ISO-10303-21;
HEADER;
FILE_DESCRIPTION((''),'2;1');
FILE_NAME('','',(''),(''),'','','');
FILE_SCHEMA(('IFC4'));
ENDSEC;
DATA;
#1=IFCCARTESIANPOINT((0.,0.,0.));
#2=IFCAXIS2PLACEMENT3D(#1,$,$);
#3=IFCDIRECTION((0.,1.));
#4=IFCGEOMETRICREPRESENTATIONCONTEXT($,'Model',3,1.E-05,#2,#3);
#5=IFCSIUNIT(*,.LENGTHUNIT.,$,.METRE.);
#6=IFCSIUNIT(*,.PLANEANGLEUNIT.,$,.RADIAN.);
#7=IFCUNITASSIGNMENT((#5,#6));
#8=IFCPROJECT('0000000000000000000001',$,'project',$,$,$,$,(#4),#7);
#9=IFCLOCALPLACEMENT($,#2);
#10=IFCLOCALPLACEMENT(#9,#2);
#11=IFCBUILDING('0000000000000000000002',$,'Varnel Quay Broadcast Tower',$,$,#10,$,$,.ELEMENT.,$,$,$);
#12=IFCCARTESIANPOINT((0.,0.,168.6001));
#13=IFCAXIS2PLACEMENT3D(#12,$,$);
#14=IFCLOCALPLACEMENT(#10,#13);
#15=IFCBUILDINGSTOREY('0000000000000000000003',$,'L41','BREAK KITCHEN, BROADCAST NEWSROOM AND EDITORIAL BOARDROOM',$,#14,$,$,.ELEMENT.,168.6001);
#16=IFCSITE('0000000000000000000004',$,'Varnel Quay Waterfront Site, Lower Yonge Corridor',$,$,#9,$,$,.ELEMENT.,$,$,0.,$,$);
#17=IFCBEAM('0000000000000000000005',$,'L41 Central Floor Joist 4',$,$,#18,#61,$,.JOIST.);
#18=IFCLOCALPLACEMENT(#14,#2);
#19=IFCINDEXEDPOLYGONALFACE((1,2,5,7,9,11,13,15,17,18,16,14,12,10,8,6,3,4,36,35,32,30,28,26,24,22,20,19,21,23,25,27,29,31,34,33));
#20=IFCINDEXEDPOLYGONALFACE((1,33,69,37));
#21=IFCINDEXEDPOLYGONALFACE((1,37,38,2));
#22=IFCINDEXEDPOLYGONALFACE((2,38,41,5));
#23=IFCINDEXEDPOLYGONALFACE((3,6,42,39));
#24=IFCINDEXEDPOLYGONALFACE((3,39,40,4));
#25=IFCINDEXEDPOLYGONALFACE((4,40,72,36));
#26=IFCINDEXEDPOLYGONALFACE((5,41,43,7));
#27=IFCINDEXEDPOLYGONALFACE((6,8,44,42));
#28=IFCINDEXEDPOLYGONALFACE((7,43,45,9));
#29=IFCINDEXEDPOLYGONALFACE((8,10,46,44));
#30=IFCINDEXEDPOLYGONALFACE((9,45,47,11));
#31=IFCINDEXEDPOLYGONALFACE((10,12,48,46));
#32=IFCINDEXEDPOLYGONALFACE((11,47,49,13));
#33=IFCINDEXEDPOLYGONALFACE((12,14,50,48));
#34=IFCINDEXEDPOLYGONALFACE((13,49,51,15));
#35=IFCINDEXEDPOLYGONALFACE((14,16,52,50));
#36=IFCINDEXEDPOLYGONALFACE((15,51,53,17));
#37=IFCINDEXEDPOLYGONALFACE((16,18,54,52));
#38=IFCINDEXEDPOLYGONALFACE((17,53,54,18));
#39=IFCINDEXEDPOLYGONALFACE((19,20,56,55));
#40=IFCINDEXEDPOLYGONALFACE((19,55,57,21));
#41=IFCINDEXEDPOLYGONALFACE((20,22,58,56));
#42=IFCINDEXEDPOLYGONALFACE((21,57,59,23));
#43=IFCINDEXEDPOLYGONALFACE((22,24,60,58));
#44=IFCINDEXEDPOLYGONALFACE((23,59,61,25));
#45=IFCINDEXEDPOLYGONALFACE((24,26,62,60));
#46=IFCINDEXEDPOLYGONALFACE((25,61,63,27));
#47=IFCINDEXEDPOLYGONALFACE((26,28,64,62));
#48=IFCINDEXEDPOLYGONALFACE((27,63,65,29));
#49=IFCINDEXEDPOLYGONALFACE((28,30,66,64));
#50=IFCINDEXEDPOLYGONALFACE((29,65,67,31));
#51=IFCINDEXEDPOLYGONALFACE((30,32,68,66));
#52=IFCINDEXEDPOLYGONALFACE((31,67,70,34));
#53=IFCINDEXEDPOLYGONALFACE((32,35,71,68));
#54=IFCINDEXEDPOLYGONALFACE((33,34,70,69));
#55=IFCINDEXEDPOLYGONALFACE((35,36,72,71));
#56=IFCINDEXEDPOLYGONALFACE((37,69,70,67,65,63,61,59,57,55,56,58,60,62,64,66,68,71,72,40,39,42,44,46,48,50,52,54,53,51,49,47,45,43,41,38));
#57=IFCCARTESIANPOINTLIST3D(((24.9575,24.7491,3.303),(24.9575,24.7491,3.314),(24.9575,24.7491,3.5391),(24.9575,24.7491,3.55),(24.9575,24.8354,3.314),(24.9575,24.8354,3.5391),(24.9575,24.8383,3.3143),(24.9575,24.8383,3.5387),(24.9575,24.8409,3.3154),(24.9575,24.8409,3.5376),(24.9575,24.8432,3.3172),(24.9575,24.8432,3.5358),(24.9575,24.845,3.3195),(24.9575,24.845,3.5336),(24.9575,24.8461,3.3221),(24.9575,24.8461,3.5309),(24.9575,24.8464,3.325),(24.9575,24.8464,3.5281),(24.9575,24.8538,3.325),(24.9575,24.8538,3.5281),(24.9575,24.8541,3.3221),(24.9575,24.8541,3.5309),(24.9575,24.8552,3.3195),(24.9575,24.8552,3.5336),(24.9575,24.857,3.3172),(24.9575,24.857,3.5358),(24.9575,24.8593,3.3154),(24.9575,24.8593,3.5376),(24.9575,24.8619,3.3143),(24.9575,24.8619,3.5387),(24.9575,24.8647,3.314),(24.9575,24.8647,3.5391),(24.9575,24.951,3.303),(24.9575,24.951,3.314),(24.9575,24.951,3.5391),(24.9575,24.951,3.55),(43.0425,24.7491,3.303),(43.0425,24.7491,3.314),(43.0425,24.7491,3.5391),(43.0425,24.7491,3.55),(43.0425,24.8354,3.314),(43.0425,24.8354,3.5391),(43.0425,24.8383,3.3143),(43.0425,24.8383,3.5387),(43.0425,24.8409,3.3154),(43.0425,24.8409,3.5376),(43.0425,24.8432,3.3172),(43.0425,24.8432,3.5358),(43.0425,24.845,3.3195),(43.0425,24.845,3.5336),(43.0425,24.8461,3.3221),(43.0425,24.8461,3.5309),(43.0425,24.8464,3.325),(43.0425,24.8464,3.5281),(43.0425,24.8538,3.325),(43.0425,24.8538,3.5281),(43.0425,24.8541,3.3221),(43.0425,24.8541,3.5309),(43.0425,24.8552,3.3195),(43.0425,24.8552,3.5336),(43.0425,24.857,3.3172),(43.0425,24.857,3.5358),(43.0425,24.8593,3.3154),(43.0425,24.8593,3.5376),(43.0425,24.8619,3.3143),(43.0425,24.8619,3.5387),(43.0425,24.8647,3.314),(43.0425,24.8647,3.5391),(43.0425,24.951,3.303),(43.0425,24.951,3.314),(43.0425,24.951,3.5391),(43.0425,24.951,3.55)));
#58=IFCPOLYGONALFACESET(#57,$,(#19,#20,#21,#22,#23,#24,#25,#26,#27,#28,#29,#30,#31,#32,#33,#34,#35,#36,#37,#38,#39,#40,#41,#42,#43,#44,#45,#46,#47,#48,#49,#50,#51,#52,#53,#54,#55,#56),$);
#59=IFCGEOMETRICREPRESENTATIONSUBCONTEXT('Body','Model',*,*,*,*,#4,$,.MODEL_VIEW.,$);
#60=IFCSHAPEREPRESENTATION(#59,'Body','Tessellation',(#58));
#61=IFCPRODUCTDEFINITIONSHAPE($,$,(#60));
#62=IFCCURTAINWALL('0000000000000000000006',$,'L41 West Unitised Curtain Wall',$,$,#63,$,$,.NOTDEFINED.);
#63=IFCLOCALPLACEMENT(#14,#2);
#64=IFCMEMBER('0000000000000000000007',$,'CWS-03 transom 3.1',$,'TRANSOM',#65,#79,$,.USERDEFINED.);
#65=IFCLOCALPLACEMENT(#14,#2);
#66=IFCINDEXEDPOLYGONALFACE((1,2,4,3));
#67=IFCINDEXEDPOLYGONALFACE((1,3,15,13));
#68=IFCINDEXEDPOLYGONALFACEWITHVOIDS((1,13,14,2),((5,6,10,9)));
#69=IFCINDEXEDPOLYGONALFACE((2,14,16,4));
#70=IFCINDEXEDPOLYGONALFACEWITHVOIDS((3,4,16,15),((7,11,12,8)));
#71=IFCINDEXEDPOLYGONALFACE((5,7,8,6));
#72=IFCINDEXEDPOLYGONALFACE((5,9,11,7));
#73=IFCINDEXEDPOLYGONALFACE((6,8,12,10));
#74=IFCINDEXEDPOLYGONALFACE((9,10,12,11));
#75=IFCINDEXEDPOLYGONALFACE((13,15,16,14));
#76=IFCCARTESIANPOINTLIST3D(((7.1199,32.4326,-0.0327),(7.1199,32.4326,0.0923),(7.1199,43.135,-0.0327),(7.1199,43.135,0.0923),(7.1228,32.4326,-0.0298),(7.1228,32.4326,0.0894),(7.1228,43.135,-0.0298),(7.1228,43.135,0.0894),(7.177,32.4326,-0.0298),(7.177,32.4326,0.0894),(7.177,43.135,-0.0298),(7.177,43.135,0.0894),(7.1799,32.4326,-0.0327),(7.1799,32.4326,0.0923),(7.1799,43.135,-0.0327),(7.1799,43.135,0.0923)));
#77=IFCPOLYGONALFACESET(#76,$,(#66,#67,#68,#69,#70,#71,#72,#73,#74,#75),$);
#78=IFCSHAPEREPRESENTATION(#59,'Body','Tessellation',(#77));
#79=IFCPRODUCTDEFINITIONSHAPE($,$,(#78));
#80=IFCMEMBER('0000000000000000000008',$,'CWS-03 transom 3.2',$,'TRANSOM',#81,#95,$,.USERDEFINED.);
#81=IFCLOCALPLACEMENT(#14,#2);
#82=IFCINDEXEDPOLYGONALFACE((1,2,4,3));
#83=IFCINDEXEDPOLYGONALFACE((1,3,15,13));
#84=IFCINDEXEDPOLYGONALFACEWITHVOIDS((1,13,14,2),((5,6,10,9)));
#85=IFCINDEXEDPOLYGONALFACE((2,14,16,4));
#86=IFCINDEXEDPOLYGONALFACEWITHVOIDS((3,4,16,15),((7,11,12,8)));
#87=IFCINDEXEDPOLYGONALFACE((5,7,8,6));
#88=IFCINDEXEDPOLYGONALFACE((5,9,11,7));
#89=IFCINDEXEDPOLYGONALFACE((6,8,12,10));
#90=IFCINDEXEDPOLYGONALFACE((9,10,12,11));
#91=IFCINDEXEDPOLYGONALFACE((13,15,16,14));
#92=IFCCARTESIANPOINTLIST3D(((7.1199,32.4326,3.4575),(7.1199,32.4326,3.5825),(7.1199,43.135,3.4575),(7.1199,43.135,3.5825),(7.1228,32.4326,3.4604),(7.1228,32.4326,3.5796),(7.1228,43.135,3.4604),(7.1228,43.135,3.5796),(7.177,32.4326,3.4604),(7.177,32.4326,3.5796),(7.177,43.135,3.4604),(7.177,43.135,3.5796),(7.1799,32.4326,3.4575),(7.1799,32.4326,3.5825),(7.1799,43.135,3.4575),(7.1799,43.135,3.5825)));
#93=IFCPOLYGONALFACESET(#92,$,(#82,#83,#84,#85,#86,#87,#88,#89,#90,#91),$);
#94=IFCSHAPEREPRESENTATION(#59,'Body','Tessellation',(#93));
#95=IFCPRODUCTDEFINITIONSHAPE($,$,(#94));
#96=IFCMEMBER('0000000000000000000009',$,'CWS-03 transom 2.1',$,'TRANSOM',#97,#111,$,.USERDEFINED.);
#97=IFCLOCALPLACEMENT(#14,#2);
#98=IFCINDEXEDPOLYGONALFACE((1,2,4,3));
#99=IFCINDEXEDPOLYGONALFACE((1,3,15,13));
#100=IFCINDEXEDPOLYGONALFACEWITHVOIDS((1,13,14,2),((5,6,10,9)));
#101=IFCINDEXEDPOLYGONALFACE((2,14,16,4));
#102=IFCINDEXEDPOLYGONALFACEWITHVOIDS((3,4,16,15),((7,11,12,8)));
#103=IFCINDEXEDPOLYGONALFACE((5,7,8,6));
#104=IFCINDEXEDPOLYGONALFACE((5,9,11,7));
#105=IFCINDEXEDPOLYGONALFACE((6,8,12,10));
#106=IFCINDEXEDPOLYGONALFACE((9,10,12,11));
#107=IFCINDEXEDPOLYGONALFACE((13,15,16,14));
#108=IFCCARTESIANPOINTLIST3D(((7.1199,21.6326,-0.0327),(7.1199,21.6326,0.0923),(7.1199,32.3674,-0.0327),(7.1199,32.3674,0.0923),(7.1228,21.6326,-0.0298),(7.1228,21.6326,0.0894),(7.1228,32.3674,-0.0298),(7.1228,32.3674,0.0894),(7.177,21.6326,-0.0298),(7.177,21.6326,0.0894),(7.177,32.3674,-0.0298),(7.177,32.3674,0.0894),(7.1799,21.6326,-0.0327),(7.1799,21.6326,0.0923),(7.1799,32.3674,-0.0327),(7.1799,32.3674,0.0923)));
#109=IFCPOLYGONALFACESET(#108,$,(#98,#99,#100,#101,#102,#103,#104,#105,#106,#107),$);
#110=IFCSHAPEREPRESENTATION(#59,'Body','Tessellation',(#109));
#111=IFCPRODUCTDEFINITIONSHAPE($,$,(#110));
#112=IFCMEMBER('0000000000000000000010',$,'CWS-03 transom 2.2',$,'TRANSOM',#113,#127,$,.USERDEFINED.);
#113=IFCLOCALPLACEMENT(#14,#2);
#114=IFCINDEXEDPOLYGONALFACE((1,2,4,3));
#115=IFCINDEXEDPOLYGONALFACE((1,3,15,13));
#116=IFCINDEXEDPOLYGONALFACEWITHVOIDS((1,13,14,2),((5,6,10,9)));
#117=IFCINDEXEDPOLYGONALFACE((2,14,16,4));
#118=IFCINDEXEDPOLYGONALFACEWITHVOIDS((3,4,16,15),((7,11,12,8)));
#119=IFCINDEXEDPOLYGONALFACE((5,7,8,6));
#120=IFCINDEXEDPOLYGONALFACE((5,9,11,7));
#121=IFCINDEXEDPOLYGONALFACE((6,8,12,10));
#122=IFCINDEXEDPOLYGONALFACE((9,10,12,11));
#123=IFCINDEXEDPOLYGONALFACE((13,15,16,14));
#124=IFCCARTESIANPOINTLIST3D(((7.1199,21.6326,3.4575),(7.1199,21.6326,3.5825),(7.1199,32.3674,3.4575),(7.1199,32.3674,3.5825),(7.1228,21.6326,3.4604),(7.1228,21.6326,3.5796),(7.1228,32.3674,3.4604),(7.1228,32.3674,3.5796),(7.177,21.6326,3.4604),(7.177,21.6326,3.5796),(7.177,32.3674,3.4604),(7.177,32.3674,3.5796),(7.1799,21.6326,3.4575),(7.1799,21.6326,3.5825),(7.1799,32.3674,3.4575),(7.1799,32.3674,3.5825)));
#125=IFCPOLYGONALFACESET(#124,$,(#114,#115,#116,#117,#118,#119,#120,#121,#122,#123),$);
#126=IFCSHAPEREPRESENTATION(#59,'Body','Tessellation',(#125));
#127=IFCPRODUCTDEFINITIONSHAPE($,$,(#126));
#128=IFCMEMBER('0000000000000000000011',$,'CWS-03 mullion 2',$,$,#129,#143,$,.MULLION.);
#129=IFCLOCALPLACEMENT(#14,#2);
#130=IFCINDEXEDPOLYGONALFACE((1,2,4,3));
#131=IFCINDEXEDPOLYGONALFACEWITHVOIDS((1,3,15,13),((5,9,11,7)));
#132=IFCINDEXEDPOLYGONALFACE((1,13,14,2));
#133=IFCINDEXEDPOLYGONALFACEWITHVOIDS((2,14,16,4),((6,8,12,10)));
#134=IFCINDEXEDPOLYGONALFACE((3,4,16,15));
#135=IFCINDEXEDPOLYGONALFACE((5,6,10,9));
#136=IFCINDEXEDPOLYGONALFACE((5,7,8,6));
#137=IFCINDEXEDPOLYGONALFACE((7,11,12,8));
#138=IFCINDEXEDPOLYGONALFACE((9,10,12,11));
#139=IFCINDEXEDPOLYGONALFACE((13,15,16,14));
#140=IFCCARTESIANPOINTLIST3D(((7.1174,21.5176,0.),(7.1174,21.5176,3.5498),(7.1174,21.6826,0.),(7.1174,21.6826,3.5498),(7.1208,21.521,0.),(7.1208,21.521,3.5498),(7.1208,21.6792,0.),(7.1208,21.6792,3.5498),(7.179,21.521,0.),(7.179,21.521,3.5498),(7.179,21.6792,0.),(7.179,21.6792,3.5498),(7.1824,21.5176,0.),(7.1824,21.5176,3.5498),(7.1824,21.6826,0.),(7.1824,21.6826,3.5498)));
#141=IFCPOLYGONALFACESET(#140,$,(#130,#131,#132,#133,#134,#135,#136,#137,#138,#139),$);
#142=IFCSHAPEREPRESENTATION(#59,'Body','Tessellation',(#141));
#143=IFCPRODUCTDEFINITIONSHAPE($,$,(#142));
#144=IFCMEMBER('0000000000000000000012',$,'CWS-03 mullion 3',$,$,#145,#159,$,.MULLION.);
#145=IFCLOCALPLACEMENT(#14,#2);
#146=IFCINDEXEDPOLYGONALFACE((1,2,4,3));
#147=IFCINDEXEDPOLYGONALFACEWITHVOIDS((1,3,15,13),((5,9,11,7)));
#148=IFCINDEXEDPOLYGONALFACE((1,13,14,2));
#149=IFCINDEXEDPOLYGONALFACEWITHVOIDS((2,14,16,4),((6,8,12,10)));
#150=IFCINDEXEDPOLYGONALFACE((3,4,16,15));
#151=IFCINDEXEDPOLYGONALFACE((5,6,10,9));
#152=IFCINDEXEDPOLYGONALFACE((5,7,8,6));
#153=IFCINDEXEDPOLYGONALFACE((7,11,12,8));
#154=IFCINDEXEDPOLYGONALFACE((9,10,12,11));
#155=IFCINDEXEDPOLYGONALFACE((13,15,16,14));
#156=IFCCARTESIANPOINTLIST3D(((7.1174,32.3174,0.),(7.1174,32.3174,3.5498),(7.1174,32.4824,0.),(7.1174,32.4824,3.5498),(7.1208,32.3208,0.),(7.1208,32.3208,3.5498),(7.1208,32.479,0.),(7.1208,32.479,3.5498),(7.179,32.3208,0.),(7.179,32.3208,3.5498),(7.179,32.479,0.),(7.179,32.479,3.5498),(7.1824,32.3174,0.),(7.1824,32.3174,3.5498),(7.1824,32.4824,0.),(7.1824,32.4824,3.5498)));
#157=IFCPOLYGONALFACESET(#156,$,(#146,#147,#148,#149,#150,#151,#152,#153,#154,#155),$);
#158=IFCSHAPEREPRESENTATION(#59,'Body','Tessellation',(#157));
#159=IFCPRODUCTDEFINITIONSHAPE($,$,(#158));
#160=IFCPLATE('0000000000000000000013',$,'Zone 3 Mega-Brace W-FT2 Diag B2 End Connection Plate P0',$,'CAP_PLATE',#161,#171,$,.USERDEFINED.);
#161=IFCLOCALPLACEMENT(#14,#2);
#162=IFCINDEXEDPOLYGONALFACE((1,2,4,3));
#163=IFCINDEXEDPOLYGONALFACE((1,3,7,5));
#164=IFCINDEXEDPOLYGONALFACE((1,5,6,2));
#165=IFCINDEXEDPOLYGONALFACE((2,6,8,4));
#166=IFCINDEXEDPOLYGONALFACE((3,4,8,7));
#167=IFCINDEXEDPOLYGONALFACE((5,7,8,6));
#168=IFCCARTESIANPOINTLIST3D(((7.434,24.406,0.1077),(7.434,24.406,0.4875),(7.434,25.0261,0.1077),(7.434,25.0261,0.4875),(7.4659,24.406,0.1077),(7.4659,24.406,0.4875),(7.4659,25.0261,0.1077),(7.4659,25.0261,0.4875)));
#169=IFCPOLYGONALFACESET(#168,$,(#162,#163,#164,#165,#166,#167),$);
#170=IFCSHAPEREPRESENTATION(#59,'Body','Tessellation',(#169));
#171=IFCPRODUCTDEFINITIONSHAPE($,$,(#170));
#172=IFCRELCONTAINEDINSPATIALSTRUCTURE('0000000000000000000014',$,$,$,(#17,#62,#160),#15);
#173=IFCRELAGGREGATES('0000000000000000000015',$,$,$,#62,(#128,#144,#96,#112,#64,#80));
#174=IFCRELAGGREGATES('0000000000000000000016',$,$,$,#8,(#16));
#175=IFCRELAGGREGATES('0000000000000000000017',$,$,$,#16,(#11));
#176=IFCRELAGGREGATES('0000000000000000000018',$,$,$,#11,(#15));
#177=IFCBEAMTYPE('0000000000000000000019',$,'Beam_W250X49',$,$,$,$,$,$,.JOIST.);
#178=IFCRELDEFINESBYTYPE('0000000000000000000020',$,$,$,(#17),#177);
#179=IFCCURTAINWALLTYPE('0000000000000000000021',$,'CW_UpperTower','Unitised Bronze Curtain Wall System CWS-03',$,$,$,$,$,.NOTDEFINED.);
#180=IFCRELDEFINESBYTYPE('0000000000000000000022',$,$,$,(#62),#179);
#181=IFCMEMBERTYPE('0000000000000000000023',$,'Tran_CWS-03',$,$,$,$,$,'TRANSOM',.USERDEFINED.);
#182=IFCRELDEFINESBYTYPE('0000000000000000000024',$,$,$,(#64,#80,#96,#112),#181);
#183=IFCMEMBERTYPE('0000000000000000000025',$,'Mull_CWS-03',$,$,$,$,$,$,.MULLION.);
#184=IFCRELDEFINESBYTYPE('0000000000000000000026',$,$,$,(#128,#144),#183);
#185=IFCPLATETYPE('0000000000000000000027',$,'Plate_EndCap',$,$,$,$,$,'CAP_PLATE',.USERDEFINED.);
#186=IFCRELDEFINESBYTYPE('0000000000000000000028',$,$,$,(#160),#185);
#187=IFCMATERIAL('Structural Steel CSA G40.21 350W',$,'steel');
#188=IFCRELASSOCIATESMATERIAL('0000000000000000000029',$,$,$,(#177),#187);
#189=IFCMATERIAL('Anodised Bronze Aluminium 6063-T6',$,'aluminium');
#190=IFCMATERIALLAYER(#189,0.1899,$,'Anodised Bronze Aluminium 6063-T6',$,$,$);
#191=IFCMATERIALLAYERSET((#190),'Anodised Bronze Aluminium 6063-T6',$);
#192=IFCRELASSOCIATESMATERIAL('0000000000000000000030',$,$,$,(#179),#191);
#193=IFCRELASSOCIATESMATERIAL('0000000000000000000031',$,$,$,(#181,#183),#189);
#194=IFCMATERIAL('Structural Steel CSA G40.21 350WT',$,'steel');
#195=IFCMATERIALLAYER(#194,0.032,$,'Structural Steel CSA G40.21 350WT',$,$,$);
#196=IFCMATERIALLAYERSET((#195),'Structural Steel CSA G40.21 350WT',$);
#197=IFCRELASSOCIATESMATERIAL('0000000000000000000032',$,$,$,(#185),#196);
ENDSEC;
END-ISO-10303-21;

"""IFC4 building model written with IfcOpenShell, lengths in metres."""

from ifc_helpers import new_model, si_unit, direction, frame, origin, origin_2d, place, context, subcontext, project, spatial, rectangle, hollow_rectangle, i_section, extrude, source, transform, mapped, material, layer, layer_set, material_profile, profile_set, type_object, type_shapes, element, aggregate, save


model = new_model("IFC4")

# Units and contexts
model_context = context("Model", 3, precision=1e-05, world=origin(), true_north=direction((0.0, 1.0)))
body_context = subcontext(model_context, "Body", "Model", "MODEL_VIEW")
ifc_project = project(units=[si_unit("LENGTHUNIT", "METRE"), si_unit("PLANEANGLEUNIT", "RADIAN")], contexts=[model_context])

# Site, building, storey
site_placement = place(None, origin())
site = spatial("IfcSite", under=ifc_project, at=site_placement, Name="Varnel Quay Waterfront Site, Lower Yonge Corridor", CompositionType="ELEMENT", RefElevation=0.0)
building_placement = place(site_placement, origin())
building = spatial("IfcBuilding", under=site, at=building_placement, Name="Varnel Quay Broadcast Tower", CompositionType="ELEMENT")
storey_placement = place(building_placement, frame((0.0, 0.0, 168.6001)))
storey = spatial("IfcBuildingStorey", under=building, at=storey_placement, Name="L41", Description="BREAK KITCHEN, BROADCAST NEWSROOM AND EDITORIAL BOARDROOM", CompositionType="ELEMENT", Elevation=168.6001)

# Shared definitions
ifc_material_1 = material(Name="Structural Steel CSA G40.21 350WT", Category="steel")
ifc_material_2 = material(Name="Structural Steel CSA G40.21 350W", Category="steel")

# Beam
ifc_material_profile_1 = material_profile(ifc_material_2, i_section(OverallWidth=0.2019, OverallDepth=0.2471, WebThickness=0.0073, FlangeThickness=0.011, FilletRadius=0.011, at=origin_2d()), Name="W250X49")
ifc_profile_set_1 = profile_set([ifc_material_profile_1], Name="Structural Steel CSA G40.21 350W")
beam_type_1 = type_object("IfcBeamType", Name="Beam_W250X49", PredefinedType="JOIST", material=ifc_profile_set_1)
shared_shape_1 = source(origin(), body_context, "Body", "SweptSolid", [
    extrude(i_section(OverallWidth=0.2019, OverallDepth=0.2471, WebThickness=0.0073, FlangeThickness=0.011, FilletRadius=0.011, at=origin_2d()), origin(), (0.0, 0.0, 1.0), 18.085),
])
for number, where, z_axis, x_axis, name in (
    (1, (24.9575, 24.8501, 3.4265), (1.0, 0.0, 0.0), (0.0, 1.0, 0.0), "L41 Central Floor Joist 4"),
):
    element("IfcBeam", number, at=place(storey_placement, frame(where, z_axis=z_axis, x_axis=x_axis)), inside=storey, type_object=beam_type_1, Name=name, PredefinedType="JOIST", context=body_context, shape_type="MappedRepresentation", body=[
        mapped(shared_shape_1, transform((0.0, 0.0, 0.0), x_axis=(1.0, 0.0, 0.0), y_axis=(0.0, 1.0, 0.0), z_axis=(0.0, 0.0, 1.0), scale=1.0)),
    ])

# Curtain wall, members
ifc_material_3 = material(Name="Anodised Bronze Aluminium 6063-T6", Category="aluminium")
ifc_layer_1 = layer(ifc_material_3, 0.1899, Name="Anodised Bronze Aluminium 6063-T6")
ifc_layer_set_1 = layer_set([ifc_layer_1], Name="Anodised Bronze Aluminium 6063-T6")
curtain_wall_type = type_object("IfcCurtainWallType", Name="CW_UpperTower", Description="Unitised Bronze Curtain Wall System CWS-03", PredefinedType="NOTDEFINED", material=ifc_layer_set_1)
curtain_wall_placement = place(storey_placement, origin())
curtain_wall = element("IfcCurtainWall", 2, at=curtain_wall_placement, inside=storey, type_object=curtain_wall_type, Name="L41 West Unitised Curtain Wall", PredefinedType="NOTDEFINED")
ifc_material_profile_2 = material_profile(ifc_material_3, hollow_rectangle(XDim=0.0601, YDim=0.125, WallThickness=0.0029, at=origin_2d()), Name="ALU60X125X3")
ifc_profile_set_2 = profile_set([ifc_material_profile_2], Name="Anodised Bronze Aluminium 6063-T6")
member_type_1 = type_object("IfcMemberType", Name="Tran_CWS-03", ElementType="TRANSOM", PredefinedType="USERDEFINED", material=ifc_profile_set_2)
shared_shape_2 = source(origin(), body_context, "Body", "SweptSolid", [
    extrude(hollow_rectangle(XDim=0.0601, YDim=0.125, WallThickness=0.0029, at=origin_2d()), origin(), (0.0, 0.0, 1.0), 10.7024),
])
member_1_placement = place(storey_placement, frame((7.1499, 32.4326, 0.0298), z_axis=(0.0, 1.0, 0.0), x_axis=(-1.0, 0.0, 0.0)))
member_1 = element("IfcMember", 3, at=member_1_placement, type_object=member_type_1, Name="CWS-03 transom 3.1", ObjectType="TRANSOM", PredefinedType="USERDEFINED", context=body_context, shape_type="MappedRepresentation", body=[
    mapped(shared_shape_2, transform((0.0, 0.0, 0.0), x_axis=(1.0, 0.0, 0.0), y_axis=(0.0, 1.0, 0.0), z_axis=(0.0, 0.0, 1.0), scale=1.0)),
])
member_2_placement = place(storey_placement, frame((7.1499, 32.4326, 3.52), z_axis=(0.0, 1.0, 0.0), x_axis=(-1.0, 0.0, 0.0)))
member_2 = element("IfcMember", 4, at=member_2_placement, type_object=member_type_1, Name="CWS-03 transom 3.2", ObjectType="TRANSOM", PredefinedType="USERDEFINED", context=body_context, shape_type="MappedRepresentation", body=[
    mapped(shared_shape_2, transform((0.0, 0.0, 0.0), x_axis=(1.0, 0.0, 0.0), y_axis=(0.0, 1.0, 0.0), z_axis=(0.0, 0.0, 1.0), scale=1.0)),
])
shared_shape_3 = source(origin(), body_context, "Body", "SweptSolid", [
    extrude(hollow_rectangle(XDim=0.0601, YDim=0.125, WallThickness=0.0029, at=origin_2d()), origin(), (0.0, 0.0, 1.0), 10.7349),
])
type_shapes(member_type_1, [shared_shape_2, shared_shape_3])
member_3_placement = place(storey_placement, frame((7.1499, 21.6326, 0.0298), z_axis=(0.0, 1.0, 0.0), x_axis=(-1.0, 0.0, 0.0)))
member_3 = element("IfcMember", 5, at=member_3_placement, type_object=member_type_1, Name="CWS-03 transom 2.1", ObjectType="TRANSOM", PredefinedType="USERDEFINED", context=body_context, shape_type="MappedRepresentation", body=[
    mapped(shared_shape_3, transform((0.0, 0.0, 0.0), x_axis=(1.0, 0.0, 0.0), y_axis=(0.0, 1.0, 0.0), z_axis=(0.0, 0.0, 1.0), scale=1.0)),
])
member_4_placement = place(storey_placement, frame((7.1499, 21.6326, 3.52), z_axis=(0.0, 1.0, 0.0), x_axis=(-1.0, 0.0, 0.0)))
member_4 = element("IfcMember", 6, at=member_4_placement, type_object=member_type_1, Name="CWS-03 transom 2.2", ObjectType="TRANSOM", PredefinedType="USERDEFINED", context=body_context, shape_type="MappedRepresentation", body=[
    mapped(shared_shape_3, transform((0.0, 0.0, 0.0), x_axis=(1.0, 0.0, 0.0), y_axis=(0.0, 1.0, 0.0), z_axis=(0.0, 0.0, 1.0), scale=1.0)),
])
ifc_material_profile_3 = material_profile(ifc_material_3, hollow_rectangle(XDim=0.0649, YDim=0.165, WallThickness=0.0034, at=origin_2d()), Name="ALU65X165X3.5")
ifc_profile_set_3 = profile_set([ifc_material_profile_3], Name="Anodised Bronze Aluminium 6063-T6")
member_type_2 = type_object("IfcMemberType", Name="Mull_CWS-03", PredefinedType="MULLION", material=ifc_profile_set_3)
shared_shape_4 = source(origin(), body_context, "Body", "SweptSolid", [
    extrude(hollow_rectangle(XDim=0.0649, YDim=0.165, WallThickness=0.0034, at=origin_2d()), origin(), (0.0, 0.0, 1.0), 3.5498),
])
type_shapes(member_type_2, [shared_shape_4])
member_5_placement = place(storey_placement, frame((7.1499, 21.6001, 0.0), z_axis=(0.0, 0.0, 1.0), x_axis=(-1.0, 0.0, 0.0)))
member_5 = element("IfcMember", 7, at=member_5_placement, type_object=member_type_2, Name="CWS-03 mullion 2", PredefinedType="MULLION", context=body_context, shape_type="MappedRepresentation", body=[
    mapped(shared_shape_4, transform((0.0, 0.0, 0.0), x_axis=(1.0, 0.0, 0.0), y_axis=(0.0, 1.0, 0.0), z_axis=(0.0, 0.0, 1.0), scale=1.0)),
])
member_6_placement = place(storey_placement, frame((7.1499, 32.3999, 0.0), z_axis=(0.0, 0.0, 1.0), x_axis=(-1.0, 0.0, 0.0)))
member_6 = element("IfcMember", 8, at=member_6_placement, type_object=member_type_2, Name="CWS-03 mullion 3", PredefinedType="MULLION", context=body_context, shape_type="MappedRepresentation", body=[
    mapped(shared_shape_4, transform((0.0, 0.0, 0.0), x_axis=(1.0, 0.0, 0.0), y_axis=(0.0, 1.0, 0.0), z_axis=(0.0, 0.0, 1.0), scale=1.0)),
])

# Plate
ifc_layer_2 = layer(ifc_material_1, 0.032, Name="Structural Steel CSA G40.21 350WT")
ifc_layer_set_2 = layer_set([ifc_layer_2], Name="Structural Steel CSA G40.21 350WT")
plate_type_1 = type_object("IfcPlateType", Name="Plate_EndCap", ElementType="CAP_PLATE", PredefinedType="USERDEFINED", material=ifc_layer_set_2)
shared_shape_5 = source(origin(), body_context, "Body", "SweptSolid", [
    extrude(rectangle(XDim=0.6201, YDim=0.032, at=origin_2d()), origin(), (0.0, 0.0, 1.0), 0.3799),
])
type_shapes(plate_type_1, [shared_shape_5])
plate_1_placement = place(storey_placement, frame((7.45, 24.7161, 0.1077), z_axis=(0.0, 0.0, 1.0), x_axis=(0.0, 1.0, 0.0)))
element("IfcPlate", 9, at=plate_1_placement, inside=storey, type_object=plate_type_1, Name="Zone 3 Mega-Brace W-FT2 Diag B2 End Connection Plate P0", ObjectType="CAP_PLATE", PredefinedType="USERDEFINED", context=body_context, shape_type="MappedRepresentation", body=[
    mapped(shared_shape_5, transform((0.0, 0.0, 0.0), x_axis=(1.0, 0.0, 0.0), y_axis=(0.0, 1.0, 0.0), z_axis=(0.0, 0.0, 1.0), scale=1.0)),
])
aggregate(curtain_wall, [member_5, member_6, member_3, member_4, member_1, member_2])

save(model, "model.ifc")
